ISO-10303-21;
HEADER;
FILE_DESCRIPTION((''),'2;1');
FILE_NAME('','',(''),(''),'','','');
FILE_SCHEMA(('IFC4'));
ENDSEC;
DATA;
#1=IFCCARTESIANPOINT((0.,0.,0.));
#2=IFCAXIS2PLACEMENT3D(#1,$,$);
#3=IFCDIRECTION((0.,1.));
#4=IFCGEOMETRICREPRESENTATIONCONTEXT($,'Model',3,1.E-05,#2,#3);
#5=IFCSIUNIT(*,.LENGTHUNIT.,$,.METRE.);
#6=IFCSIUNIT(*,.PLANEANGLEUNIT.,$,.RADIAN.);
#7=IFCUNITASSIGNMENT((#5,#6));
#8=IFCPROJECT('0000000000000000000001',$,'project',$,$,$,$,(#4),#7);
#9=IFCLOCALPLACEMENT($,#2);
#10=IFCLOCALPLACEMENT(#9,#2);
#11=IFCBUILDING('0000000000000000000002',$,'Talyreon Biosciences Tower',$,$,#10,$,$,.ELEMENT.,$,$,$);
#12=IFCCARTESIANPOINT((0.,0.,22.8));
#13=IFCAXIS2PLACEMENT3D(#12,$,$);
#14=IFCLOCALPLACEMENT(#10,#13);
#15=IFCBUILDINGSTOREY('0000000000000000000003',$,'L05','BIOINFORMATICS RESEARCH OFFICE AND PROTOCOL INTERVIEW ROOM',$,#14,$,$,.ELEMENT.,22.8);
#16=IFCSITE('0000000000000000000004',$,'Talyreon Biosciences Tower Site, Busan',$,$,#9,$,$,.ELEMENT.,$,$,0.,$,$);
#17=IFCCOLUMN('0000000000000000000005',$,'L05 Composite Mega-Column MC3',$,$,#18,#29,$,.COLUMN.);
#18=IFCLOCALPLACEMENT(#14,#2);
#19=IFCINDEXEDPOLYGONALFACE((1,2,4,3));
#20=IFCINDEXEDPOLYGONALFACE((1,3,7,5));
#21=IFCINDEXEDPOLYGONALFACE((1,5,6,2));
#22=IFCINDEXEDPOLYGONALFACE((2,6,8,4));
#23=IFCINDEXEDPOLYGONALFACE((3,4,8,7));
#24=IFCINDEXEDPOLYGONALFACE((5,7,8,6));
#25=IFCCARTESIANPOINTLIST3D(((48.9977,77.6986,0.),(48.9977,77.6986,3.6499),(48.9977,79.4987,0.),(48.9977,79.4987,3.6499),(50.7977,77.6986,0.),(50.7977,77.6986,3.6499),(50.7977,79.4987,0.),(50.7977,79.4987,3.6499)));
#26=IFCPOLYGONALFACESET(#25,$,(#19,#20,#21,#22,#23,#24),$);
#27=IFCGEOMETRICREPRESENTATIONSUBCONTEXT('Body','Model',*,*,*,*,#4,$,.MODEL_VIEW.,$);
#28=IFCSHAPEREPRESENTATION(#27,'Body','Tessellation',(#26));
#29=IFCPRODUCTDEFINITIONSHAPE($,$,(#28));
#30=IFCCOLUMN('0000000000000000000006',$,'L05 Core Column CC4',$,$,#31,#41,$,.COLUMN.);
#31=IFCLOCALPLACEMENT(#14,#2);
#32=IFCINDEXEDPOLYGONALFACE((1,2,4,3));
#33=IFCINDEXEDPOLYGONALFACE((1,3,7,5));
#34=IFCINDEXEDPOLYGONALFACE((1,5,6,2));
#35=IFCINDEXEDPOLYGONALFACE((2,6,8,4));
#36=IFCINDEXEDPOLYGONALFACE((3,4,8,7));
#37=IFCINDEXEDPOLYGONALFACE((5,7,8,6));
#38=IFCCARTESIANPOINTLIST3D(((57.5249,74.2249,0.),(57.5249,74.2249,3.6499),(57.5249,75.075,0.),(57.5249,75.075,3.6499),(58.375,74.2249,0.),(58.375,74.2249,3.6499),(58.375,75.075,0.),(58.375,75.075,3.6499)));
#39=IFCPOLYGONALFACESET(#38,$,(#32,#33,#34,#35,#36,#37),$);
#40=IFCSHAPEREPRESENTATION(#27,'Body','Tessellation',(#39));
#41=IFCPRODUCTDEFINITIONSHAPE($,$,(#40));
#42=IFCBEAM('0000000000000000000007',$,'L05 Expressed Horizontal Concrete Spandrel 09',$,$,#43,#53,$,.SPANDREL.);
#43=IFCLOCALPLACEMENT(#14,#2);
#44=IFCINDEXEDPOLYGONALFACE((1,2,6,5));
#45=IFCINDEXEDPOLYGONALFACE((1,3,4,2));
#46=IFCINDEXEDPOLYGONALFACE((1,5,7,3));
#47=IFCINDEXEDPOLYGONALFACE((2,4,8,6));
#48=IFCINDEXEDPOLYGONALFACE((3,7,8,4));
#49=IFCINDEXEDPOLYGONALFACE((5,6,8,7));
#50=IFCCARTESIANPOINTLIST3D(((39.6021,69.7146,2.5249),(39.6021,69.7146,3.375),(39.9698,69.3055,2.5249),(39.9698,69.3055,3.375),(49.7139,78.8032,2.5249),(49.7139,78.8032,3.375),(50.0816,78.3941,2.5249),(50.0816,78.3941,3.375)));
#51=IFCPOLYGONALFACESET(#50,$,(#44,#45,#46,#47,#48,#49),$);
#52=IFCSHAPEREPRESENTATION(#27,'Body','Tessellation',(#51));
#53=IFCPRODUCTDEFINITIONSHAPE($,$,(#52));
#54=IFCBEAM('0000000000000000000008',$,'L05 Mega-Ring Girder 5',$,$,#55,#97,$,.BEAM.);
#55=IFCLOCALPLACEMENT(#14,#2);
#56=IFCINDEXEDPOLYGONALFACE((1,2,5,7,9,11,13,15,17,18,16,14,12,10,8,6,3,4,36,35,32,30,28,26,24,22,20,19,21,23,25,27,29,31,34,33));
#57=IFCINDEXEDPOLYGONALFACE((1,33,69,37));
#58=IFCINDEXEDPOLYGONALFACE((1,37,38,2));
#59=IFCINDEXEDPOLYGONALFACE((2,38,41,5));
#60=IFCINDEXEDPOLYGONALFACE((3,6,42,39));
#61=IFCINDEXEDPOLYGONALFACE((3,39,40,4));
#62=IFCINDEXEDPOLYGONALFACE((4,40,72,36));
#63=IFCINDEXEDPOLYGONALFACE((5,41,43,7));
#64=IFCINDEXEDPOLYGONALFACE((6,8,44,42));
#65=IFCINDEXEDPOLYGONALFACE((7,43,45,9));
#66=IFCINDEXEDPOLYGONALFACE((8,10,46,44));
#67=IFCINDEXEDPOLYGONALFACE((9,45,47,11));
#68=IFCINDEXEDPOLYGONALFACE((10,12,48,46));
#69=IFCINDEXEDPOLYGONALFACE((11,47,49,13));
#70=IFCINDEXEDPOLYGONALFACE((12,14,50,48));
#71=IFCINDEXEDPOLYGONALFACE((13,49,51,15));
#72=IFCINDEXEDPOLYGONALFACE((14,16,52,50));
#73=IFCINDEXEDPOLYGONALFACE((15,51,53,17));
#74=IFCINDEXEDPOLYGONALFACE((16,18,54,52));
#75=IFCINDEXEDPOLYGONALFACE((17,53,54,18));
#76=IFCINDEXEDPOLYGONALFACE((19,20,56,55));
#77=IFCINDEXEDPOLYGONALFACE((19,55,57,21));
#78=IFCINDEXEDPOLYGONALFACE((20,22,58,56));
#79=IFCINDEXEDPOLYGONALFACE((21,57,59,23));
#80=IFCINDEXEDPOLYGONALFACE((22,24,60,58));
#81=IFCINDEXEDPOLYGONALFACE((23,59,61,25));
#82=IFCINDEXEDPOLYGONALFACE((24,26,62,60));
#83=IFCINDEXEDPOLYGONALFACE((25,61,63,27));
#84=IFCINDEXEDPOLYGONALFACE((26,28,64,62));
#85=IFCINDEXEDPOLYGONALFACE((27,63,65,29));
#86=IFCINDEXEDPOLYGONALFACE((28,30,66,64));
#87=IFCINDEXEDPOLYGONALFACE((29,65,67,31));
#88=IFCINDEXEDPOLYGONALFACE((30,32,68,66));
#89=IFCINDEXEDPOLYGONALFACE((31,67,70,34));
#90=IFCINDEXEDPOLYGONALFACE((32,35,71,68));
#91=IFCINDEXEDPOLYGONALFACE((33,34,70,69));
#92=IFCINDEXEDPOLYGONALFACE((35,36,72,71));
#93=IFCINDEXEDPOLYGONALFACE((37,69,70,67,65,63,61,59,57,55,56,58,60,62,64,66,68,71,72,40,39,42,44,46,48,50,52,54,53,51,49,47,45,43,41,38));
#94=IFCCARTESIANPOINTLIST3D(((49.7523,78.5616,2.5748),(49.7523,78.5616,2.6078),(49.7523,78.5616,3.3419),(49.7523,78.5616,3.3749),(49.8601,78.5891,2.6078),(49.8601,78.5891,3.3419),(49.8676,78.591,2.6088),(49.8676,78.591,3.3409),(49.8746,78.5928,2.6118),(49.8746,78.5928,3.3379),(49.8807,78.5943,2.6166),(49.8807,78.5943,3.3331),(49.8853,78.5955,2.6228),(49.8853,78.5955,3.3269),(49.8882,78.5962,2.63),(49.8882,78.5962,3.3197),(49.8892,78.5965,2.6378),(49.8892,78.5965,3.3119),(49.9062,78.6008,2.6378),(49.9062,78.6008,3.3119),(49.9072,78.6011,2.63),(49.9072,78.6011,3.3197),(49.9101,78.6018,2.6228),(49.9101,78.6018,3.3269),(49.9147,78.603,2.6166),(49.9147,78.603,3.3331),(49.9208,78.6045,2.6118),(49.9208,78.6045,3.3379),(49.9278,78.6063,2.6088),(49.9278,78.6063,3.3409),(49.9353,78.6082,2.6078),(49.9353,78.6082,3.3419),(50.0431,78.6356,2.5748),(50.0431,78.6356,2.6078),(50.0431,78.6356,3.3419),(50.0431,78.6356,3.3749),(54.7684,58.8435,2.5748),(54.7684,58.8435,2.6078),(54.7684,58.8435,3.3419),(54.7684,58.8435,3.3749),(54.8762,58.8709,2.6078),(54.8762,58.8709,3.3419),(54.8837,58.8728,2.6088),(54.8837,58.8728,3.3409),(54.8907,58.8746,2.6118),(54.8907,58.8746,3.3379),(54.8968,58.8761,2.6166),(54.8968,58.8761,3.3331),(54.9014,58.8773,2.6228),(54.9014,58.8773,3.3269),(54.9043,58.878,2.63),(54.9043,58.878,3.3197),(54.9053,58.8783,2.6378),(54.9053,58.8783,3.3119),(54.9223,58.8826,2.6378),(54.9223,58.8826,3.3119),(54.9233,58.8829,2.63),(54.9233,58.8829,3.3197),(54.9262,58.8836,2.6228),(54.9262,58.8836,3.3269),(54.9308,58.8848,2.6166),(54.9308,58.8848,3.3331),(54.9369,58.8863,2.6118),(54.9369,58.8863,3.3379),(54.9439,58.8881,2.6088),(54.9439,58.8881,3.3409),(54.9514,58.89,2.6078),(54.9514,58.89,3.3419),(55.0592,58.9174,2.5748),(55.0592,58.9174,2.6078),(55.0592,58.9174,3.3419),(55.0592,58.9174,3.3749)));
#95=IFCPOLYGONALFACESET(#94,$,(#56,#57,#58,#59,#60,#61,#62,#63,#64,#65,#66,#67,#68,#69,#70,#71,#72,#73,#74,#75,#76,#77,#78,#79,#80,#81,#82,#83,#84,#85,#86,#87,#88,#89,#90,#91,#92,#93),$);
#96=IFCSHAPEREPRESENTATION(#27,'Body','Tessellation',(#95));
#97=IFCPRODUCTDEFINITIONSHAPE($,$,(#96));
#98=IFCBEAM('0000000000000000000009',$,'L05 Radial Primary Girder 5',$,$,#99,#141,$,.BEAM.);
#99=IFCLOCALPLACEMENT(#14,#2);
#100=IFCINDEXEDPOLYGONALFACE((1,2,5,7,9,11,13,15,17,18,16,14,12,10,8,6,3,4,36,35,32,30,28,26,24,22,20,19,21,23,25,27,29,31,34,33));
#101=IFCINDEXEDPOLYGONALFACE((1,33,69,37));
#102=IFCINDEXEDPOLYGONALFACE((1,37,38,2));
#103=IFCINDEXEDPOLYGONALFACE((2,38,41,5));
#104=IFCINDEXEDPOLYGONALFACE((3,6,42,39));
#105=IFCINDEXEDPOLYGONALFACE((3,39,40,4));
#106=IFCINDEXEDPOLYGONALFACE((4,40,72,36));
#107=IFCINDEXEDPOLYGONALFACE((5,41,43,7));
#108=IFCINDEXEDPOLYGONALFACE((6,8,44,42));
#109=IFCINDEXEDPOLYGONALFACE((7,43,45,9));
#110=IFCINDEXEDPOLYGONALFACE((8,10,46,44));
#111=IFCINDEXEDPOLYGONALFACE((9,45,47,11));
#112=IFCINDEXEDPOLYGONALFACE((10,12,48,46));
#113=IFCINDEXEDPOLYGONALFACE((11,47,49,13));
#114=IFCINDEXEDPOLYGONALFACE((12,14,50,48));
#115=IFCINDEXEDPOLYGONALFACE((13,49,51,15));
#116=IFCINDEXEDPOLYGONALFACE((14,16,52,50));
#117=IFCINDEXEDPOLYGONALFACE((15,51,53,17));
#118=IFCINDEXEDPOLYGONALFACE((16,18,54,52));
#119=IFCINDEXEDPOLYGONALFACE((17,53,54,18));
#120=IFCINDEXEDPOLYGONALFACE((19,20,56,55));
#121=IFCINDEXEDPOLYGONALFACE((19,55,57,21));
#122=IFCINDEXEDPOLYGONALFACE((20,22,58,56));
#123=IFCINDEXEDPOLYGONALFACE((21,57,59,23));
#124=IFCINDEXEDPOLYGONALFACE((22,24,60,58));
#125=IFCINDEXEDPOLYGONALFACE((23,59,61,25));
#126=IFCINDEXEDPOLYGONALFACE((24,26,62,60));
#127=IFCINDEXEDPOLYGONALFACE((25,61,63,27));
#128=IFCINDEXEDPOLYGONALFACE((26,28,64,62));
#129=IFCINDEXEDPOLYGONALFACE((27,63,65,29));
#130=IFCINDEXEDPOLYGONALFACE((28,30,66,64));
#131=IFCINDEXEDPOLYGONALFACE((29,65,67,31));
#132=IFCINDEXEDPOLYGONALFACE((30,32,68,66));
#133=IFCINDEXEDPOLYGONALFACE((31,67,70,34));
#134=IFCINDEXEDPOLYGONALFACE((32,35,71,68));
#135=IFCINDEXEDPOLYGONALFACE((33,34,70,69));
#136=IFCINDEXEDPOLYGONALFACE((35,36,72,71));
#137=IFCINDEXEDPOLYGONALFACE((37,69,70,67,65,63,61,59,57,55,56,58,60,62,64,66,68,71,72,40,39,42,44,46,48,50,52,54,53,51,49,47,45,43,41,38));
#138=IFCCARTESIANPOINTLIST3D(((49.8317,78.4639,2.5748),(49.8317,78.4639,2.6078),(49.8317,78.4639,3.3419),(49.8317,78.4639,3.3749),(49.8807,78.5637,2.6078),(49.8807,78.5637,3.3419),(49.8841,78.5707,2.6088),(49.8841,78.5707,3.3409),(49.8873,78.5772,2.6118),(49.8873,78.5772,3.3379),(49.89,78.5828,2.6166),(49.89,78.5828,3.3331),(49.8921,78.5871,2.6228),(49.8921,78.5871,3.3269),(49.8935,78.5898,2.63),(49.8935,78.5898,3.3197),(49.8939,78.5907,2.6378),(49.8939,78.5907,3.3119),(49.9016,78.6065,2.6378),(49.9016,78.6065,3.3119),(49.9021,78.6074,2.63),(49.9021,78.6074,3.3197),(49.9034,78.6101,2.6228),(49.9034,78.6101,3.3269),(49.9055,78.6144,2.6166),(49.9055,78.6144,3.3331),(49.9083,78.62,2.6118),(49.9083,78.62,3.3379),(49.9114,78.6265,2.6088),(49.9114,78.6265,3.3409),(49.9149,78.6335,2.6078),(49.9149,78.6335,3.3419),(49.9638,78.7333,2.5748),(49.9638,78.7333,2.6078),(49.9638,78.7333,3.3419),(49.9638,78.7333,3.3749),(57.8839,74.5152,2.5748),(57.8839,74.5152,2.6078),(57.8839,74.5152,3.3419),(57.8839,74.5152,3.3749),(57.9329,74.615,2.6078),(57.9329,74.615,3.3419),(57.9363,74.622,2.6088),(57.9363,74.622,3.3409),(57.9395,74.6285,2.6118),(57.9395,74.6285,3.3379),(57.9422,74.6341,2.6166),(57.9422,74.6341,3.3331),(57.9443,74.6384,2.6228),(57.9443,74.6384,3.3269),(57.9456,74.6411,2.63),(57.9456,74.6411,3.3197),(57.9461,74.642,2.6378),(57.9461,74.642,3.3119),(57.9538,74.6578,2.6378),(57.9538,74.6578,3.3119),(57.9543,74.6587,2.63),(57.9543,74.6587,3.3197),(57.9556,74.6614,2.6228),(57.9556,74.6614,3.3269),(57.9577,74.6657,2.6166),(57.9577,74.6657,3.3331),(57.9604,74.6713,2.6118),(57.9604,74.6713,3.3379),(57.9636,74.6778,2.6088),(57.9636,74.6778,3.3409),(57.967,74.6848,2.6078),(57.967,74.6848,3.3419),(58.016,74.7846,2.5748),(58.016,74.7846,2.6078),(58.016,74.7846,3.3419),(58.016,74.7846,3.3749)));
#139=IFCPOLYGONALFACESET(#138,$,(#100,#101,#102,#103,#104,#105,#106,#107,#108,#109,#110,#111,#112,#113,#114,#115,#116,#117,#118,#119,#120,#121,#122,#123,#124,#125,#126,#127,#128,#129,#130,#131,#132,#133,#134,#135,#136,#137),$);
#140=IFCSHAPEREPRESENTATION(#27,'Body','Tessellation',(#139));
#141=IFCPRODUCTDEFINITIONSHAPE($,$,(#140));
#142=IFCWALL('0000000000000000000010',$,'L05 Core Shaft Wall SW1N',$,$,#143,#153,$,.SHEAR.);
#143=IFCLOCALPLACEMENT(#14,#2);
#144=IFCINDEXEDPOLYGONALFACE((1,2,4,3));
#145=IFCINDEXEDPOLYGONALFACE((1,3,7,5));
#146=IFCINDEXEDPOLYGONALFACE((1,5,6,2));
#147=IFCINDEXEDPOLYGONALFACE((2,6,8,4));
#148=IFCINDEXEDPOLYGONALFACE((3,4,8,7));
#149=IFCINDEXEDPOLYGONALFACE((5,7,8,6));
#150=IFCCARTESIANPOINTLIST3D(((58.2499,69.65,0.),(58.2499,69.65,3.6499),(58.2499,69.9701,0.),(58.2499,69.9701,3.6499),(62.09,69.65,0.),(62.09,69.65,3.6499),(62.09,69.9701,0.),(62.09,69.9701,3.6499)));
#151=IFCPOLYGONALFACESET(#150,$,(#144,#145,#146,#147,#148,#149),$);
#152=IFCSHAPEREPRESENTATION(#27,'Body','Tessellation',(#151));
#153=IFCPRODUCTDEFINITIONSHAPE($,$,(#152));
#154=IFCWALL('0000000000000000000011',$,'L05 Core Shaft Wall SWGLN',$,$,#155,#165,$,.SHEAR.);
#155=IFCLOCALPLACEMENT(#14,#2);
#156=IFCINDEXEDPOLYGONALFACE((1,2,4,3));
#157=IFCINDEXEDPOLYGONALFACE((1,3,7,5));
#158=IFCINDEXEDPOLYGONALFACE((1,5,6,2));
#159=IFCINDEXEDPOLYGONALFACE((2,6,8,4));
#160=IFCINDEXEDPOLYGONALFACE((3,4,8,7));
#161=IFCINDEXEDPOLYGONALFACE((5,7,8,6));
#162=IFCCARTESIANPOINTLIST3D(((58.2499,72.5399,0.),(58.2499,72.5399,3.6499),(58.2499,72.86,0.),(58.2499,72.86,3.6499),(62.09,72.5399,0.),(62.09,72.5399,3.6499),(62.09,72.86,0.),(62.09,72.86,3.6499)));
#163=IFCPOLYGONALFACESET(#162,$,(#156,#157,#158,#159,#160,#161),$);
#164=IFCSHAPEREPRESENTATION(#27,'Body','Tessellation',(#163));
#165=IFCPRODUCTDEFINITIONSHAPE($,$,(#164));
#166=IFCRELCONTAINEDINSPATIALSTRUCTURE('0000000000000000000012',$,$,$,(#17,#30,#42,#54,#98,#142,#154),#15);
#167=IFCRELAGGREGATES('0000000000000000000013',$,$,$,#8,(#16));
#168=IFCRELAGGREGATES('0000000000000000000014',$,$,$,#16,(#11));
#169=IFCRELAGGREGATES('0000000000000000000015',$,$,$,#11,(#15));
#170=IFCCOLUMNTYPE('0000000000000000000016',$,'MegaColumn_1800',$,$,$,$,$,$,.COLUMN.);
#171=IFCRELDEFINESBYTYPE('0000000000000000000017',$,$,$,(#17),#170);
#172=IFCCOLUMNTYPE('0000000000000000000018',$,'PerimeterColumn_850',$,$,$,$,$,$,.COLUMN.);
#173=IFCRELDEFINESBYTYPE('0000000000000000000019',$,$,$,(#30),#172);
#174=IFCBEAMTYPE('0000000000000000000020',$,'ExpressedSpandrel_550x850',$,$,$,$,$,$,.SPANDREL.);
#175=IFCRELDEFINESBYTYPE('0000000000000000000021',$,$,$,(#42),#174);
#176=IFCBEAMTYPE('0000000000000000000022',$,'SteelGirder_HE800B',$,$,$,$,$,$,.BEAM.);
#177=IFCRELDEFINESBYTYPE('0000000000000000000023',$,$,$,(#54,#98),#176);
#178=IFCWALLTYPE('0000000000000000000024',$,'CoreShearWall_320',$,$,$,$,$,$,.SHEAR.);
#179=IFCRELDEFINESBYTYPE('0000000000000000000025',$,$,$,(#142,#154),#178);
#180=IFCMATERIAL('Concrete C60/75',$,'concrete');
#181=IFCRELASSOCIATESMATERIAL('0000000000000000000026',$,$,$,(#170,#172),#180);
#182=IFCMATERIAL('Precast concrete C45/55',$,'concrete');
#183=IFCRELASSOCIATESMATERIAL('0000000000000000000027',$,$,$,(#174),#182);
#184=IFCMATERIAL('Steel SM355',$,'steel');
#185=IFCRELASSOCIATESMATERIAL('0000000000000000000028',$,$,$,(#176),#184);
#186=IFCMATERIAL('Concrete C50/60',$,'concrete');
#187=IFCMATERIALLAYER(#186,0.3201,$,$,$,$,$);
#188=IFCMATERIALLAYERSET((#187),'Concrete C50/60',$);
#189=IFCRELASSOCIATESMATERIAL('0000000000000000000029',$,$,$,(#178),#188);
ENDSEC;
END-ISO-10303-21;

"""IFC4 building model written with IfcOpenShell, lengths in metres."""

from ifc_helpers import new_model, si_unit, direction, frame, frame_2d, origin, origin_2d, place, context, subcontext, project, spatial, rectangle, i_section, extrude, material, layer, layer_set, material_profile, profile_set, type_object, element, save


model = new_model("IFC4")

# Units and contexts
model_context = context("Model", 3, precision=1e-05, world=origin(), true_north=direction((0.0, 1.0)))
body_context = subcontext(model_context, "Body", "Model", "MODEL_VIEW")
ifc_project = project(units=[si_unit("LENGTHUNIT", "METRE"), si_unit("PLANEANGLEUNIT", "RADIAN")], contexts=[model_context])

# Site, building, storey
site_placement = place(None, origin())
site = spatial("IfcSite", under=ifc_project, at=site_placement, Name="Talyreon Biosciences Tower Site, Busan", CompositionType="ELEMENT", RefElevation=0.0)
building_placement = place(site_placement, origin())
building = spatial("IfcBuilding", under=site, at=building_placement, Name="Talyreon Biosciences Tower", CompositionType="ELEMENT")
storey_placement = place(building_placement, frame((0.0, 0.0, 22.8)))
storey = spatial("IfcBuildingStorey", under=building, at=storey_placement, Name="L05", Description="BIOINFORMATICS RESEARCH OFFICE AND PROTOCOL INTERVIEW ROOM", CompositionType="ELEMENT", Elevation=22.8)

# Columns
ifc_material_1 = material(Name="Concrete C60/75", Category="concrete")
ifc_material_profile_1 = material_profile(ifc_material_1, rectangle(XDim=1.8, YDim=1.8, at=origin_2d()), Name="RC 1800x1800")
ifc_profile_set_1 = profile_set([ifc_material_profile_1], Name="Concrete C60/75")
column_type_1 = type_object("IfcColumnType", Name="MegaColumn_1800", PredefinedType="COLUMN", material=ifc_profile_set_1)
column_1_placement = place(storey_placement, frame((49.8977, 78.5986, 0.0), z_axis=(0.0, 0.0, 1.0), x_axis=(1.0, 0.0, 0.0)))
element("IfcColumn", 1, at=column_1_placement, inside=storey, type_object=column_type_1, Name="L05 Composite Mega-Column MC3", PredefinedType="COLUMN", context=body_context, shape_type="SweptSolid", body=[
    extrude(rectangle(XDim=1.8, YDim=1.8, at=origin_2d()), origin(), (0.0, 0.0, 1.0), 3.6499),
])
ifc_material_profile_2 = material_profile(ifc_material_1, rectangle(XDim=0.8501, YDim=0.8501, at=origin_2d()), Name="RC 850x850")
ifc_profile_set_2 = profile_set([ifc_material_profile_2], Name="Concrete C60/75")
column_type_2 = type_object("IfcColumnType", Name="PerimeterColumn_850", PredefinedType="COLUMN", material=ifc_profile_set_2)
column_2_placement = place(storey_placement, frame((57.95, 74.6499, 0.0), z_axis=(0.0, 0.0, 1.0), x_axis=(1.0, 0.0, 0.0)))
element("IfcColumn", 2, at=column_2_placement, inside=storey, type_object=column_type_2, Name="L05 Core Column CC4", PredefinedType="COLUMN", context=body_context, shape_type="SweptSolid", body=[
    extrude(rectangle(XDim=0.8501, YDim=0.8501, at=origin_2d()), origin(), (0.0, 0.0, 1.0), 3.6499),
])

# Beams
ifc_material_2 = material(Name="Precast concrete C45/55", Category="concrete")
ifc_material_profile_3 = material_profile(ifc_material_2, rectangle(XDim=0.55, YDim=0.8501, at=origin_2d()), Name="RCB 550x850")
ifc_profile_set_3 = profile_set([ifc_material_profile_3], Name="Precast concrete C45/55")
beam_type_1 = type_object("IfcBeamType", Name="ExpressedSpandrel_550x850", PredefinedType="SPANDREL", material=ifc_profile_set_3)
beam_1_placement = place(storey_placement, frame((49.8977, 78.5986, 2.95), z_axis=(-0.743733, -0.668476, 0.0), x_axis=(0.668476, -0.743733, 0.0)))
element("IfcBeam", 3, at=beam_1_placement, inside=storey, type_object=beam_type_1, Name="L05 Expressed Horizontal Concrete Spandrel 09", PredefinedType="SPANDREL", context=body_context, shape_type="SweptSolid", body=[
    extrude(rectangle(XDim=0.55, YDim=0.8501, at=origin_2d()), origin(), (0.0, 0.0, 1.0), 13.5959),
])
ifc_material_3 = material(Name="Steel SM355", Category="steel")
ifc_material_profile_4 = material_profile(ifc_material_3, i_section(OverallWidth=0.3, OverallDepth=0.8, WebThickness=0.0176, FlangeThickness=0.033, FilletRadius=0.03, at=origin_2d()), Name="HE800B")
ifc_profile_set_4 = profile_set([ifc_material_profile_4], Name="Steel SM355")
beam_type_2 = type_object("IfcBeamType", Name="SteelGirder_HE800B", PredefinedType="BEAM", material=ifc_profile_set_4)
beam_2_placement = place(storey_placement, frame((49.8977, 78.5986, 2.9749), z_axis=(0.246537, -0.969133, 0.0), x_axis=(0.969133, 0.246537, 0.0)))
element("IfcBeam", 4, at=beam_2_placement, inside=storey, type_object=beam_type_2, Name="L05 Mega-Ring Girder 5", PredefinedType="BEAM", context=body_context, shape_type="SweptSolid", body=[
    extrude(i_section(OverallWidth=0.3, OverallDepth=0.8, WebThickness=0.0176, FlangeThickness=0.033, FilletRadius=0.03, at=origin_2d()), origin(), (0.0, 0.0, 1.0), 20.3462),
])
beam_3_placement = place(storey_placement, frame((57.95, 74.6499, 2.9749), z_axis=(-0.897852, 0.440297, 0.0), x_axis=(-0.440297, -0.897852, 0.0)))
element("IfcBeam", 5, at=beam_3_placement, inside=storey, type_object=beam_type_2, Name="L05 Radial Primary Girder 5", PredefinedType="BEAM", context=body_context, shape_type="SweptSolid", body=[
    extrude(i_section(OverallWidth=0.3, OverallDepth=0.8, WebThickness=0.0176, FlangeThickness=0.033, FilletRadius=0.03, at=origin_2d()), origin(), (0.0, 0.0, 1.0), 8.9683),
])

# Walls
ifc_material_4 = material(Name="Concrete C50/60", Category="concrete")
ifc_layer_1 = layer(ifc_material_4, 0.3201)
ifc_layer_set_1 = layer_set([ifc_layer_1], Name="Concrete C50/60")
wall_type_1 = type_object("IfcWallType", Name="CoreShearWall_320", PredefinedType="SHEAR", material=ifc_layer_set_1)
for number, where, z_axis, x_axis, name in (
    (6, (58.25, 69.8101, 0.0), (0.0, 0.0, 1.0), (1.0, 0.0, 0.0), "L05 Core Shaft Wall SW1N"),
    (7, (58.25, 72.7, 0.0), (0.0, 0.0, 1.0), (1.0, 0.0, 0.0), "L05 Core Shaft Wall SWGLN"),
):
    element("IfcWall", number, at=place(storey_placement, frame(where, z_axis=z_axis, x_axis=x_axis)), inside=storey, type_object=wall_type_1, Name=name, PredefinedType="SHEAR", context=body_context, shape_type="SweptSolid", body=[
        extrude(rectangle(XDim=3.8401, YDim=0.3201, at=frame_2d((1.9199, 0.0))), origin(), (0.0, 0.0, 1.0), 3.6499),
    ])

save(model, "model.ifc")
